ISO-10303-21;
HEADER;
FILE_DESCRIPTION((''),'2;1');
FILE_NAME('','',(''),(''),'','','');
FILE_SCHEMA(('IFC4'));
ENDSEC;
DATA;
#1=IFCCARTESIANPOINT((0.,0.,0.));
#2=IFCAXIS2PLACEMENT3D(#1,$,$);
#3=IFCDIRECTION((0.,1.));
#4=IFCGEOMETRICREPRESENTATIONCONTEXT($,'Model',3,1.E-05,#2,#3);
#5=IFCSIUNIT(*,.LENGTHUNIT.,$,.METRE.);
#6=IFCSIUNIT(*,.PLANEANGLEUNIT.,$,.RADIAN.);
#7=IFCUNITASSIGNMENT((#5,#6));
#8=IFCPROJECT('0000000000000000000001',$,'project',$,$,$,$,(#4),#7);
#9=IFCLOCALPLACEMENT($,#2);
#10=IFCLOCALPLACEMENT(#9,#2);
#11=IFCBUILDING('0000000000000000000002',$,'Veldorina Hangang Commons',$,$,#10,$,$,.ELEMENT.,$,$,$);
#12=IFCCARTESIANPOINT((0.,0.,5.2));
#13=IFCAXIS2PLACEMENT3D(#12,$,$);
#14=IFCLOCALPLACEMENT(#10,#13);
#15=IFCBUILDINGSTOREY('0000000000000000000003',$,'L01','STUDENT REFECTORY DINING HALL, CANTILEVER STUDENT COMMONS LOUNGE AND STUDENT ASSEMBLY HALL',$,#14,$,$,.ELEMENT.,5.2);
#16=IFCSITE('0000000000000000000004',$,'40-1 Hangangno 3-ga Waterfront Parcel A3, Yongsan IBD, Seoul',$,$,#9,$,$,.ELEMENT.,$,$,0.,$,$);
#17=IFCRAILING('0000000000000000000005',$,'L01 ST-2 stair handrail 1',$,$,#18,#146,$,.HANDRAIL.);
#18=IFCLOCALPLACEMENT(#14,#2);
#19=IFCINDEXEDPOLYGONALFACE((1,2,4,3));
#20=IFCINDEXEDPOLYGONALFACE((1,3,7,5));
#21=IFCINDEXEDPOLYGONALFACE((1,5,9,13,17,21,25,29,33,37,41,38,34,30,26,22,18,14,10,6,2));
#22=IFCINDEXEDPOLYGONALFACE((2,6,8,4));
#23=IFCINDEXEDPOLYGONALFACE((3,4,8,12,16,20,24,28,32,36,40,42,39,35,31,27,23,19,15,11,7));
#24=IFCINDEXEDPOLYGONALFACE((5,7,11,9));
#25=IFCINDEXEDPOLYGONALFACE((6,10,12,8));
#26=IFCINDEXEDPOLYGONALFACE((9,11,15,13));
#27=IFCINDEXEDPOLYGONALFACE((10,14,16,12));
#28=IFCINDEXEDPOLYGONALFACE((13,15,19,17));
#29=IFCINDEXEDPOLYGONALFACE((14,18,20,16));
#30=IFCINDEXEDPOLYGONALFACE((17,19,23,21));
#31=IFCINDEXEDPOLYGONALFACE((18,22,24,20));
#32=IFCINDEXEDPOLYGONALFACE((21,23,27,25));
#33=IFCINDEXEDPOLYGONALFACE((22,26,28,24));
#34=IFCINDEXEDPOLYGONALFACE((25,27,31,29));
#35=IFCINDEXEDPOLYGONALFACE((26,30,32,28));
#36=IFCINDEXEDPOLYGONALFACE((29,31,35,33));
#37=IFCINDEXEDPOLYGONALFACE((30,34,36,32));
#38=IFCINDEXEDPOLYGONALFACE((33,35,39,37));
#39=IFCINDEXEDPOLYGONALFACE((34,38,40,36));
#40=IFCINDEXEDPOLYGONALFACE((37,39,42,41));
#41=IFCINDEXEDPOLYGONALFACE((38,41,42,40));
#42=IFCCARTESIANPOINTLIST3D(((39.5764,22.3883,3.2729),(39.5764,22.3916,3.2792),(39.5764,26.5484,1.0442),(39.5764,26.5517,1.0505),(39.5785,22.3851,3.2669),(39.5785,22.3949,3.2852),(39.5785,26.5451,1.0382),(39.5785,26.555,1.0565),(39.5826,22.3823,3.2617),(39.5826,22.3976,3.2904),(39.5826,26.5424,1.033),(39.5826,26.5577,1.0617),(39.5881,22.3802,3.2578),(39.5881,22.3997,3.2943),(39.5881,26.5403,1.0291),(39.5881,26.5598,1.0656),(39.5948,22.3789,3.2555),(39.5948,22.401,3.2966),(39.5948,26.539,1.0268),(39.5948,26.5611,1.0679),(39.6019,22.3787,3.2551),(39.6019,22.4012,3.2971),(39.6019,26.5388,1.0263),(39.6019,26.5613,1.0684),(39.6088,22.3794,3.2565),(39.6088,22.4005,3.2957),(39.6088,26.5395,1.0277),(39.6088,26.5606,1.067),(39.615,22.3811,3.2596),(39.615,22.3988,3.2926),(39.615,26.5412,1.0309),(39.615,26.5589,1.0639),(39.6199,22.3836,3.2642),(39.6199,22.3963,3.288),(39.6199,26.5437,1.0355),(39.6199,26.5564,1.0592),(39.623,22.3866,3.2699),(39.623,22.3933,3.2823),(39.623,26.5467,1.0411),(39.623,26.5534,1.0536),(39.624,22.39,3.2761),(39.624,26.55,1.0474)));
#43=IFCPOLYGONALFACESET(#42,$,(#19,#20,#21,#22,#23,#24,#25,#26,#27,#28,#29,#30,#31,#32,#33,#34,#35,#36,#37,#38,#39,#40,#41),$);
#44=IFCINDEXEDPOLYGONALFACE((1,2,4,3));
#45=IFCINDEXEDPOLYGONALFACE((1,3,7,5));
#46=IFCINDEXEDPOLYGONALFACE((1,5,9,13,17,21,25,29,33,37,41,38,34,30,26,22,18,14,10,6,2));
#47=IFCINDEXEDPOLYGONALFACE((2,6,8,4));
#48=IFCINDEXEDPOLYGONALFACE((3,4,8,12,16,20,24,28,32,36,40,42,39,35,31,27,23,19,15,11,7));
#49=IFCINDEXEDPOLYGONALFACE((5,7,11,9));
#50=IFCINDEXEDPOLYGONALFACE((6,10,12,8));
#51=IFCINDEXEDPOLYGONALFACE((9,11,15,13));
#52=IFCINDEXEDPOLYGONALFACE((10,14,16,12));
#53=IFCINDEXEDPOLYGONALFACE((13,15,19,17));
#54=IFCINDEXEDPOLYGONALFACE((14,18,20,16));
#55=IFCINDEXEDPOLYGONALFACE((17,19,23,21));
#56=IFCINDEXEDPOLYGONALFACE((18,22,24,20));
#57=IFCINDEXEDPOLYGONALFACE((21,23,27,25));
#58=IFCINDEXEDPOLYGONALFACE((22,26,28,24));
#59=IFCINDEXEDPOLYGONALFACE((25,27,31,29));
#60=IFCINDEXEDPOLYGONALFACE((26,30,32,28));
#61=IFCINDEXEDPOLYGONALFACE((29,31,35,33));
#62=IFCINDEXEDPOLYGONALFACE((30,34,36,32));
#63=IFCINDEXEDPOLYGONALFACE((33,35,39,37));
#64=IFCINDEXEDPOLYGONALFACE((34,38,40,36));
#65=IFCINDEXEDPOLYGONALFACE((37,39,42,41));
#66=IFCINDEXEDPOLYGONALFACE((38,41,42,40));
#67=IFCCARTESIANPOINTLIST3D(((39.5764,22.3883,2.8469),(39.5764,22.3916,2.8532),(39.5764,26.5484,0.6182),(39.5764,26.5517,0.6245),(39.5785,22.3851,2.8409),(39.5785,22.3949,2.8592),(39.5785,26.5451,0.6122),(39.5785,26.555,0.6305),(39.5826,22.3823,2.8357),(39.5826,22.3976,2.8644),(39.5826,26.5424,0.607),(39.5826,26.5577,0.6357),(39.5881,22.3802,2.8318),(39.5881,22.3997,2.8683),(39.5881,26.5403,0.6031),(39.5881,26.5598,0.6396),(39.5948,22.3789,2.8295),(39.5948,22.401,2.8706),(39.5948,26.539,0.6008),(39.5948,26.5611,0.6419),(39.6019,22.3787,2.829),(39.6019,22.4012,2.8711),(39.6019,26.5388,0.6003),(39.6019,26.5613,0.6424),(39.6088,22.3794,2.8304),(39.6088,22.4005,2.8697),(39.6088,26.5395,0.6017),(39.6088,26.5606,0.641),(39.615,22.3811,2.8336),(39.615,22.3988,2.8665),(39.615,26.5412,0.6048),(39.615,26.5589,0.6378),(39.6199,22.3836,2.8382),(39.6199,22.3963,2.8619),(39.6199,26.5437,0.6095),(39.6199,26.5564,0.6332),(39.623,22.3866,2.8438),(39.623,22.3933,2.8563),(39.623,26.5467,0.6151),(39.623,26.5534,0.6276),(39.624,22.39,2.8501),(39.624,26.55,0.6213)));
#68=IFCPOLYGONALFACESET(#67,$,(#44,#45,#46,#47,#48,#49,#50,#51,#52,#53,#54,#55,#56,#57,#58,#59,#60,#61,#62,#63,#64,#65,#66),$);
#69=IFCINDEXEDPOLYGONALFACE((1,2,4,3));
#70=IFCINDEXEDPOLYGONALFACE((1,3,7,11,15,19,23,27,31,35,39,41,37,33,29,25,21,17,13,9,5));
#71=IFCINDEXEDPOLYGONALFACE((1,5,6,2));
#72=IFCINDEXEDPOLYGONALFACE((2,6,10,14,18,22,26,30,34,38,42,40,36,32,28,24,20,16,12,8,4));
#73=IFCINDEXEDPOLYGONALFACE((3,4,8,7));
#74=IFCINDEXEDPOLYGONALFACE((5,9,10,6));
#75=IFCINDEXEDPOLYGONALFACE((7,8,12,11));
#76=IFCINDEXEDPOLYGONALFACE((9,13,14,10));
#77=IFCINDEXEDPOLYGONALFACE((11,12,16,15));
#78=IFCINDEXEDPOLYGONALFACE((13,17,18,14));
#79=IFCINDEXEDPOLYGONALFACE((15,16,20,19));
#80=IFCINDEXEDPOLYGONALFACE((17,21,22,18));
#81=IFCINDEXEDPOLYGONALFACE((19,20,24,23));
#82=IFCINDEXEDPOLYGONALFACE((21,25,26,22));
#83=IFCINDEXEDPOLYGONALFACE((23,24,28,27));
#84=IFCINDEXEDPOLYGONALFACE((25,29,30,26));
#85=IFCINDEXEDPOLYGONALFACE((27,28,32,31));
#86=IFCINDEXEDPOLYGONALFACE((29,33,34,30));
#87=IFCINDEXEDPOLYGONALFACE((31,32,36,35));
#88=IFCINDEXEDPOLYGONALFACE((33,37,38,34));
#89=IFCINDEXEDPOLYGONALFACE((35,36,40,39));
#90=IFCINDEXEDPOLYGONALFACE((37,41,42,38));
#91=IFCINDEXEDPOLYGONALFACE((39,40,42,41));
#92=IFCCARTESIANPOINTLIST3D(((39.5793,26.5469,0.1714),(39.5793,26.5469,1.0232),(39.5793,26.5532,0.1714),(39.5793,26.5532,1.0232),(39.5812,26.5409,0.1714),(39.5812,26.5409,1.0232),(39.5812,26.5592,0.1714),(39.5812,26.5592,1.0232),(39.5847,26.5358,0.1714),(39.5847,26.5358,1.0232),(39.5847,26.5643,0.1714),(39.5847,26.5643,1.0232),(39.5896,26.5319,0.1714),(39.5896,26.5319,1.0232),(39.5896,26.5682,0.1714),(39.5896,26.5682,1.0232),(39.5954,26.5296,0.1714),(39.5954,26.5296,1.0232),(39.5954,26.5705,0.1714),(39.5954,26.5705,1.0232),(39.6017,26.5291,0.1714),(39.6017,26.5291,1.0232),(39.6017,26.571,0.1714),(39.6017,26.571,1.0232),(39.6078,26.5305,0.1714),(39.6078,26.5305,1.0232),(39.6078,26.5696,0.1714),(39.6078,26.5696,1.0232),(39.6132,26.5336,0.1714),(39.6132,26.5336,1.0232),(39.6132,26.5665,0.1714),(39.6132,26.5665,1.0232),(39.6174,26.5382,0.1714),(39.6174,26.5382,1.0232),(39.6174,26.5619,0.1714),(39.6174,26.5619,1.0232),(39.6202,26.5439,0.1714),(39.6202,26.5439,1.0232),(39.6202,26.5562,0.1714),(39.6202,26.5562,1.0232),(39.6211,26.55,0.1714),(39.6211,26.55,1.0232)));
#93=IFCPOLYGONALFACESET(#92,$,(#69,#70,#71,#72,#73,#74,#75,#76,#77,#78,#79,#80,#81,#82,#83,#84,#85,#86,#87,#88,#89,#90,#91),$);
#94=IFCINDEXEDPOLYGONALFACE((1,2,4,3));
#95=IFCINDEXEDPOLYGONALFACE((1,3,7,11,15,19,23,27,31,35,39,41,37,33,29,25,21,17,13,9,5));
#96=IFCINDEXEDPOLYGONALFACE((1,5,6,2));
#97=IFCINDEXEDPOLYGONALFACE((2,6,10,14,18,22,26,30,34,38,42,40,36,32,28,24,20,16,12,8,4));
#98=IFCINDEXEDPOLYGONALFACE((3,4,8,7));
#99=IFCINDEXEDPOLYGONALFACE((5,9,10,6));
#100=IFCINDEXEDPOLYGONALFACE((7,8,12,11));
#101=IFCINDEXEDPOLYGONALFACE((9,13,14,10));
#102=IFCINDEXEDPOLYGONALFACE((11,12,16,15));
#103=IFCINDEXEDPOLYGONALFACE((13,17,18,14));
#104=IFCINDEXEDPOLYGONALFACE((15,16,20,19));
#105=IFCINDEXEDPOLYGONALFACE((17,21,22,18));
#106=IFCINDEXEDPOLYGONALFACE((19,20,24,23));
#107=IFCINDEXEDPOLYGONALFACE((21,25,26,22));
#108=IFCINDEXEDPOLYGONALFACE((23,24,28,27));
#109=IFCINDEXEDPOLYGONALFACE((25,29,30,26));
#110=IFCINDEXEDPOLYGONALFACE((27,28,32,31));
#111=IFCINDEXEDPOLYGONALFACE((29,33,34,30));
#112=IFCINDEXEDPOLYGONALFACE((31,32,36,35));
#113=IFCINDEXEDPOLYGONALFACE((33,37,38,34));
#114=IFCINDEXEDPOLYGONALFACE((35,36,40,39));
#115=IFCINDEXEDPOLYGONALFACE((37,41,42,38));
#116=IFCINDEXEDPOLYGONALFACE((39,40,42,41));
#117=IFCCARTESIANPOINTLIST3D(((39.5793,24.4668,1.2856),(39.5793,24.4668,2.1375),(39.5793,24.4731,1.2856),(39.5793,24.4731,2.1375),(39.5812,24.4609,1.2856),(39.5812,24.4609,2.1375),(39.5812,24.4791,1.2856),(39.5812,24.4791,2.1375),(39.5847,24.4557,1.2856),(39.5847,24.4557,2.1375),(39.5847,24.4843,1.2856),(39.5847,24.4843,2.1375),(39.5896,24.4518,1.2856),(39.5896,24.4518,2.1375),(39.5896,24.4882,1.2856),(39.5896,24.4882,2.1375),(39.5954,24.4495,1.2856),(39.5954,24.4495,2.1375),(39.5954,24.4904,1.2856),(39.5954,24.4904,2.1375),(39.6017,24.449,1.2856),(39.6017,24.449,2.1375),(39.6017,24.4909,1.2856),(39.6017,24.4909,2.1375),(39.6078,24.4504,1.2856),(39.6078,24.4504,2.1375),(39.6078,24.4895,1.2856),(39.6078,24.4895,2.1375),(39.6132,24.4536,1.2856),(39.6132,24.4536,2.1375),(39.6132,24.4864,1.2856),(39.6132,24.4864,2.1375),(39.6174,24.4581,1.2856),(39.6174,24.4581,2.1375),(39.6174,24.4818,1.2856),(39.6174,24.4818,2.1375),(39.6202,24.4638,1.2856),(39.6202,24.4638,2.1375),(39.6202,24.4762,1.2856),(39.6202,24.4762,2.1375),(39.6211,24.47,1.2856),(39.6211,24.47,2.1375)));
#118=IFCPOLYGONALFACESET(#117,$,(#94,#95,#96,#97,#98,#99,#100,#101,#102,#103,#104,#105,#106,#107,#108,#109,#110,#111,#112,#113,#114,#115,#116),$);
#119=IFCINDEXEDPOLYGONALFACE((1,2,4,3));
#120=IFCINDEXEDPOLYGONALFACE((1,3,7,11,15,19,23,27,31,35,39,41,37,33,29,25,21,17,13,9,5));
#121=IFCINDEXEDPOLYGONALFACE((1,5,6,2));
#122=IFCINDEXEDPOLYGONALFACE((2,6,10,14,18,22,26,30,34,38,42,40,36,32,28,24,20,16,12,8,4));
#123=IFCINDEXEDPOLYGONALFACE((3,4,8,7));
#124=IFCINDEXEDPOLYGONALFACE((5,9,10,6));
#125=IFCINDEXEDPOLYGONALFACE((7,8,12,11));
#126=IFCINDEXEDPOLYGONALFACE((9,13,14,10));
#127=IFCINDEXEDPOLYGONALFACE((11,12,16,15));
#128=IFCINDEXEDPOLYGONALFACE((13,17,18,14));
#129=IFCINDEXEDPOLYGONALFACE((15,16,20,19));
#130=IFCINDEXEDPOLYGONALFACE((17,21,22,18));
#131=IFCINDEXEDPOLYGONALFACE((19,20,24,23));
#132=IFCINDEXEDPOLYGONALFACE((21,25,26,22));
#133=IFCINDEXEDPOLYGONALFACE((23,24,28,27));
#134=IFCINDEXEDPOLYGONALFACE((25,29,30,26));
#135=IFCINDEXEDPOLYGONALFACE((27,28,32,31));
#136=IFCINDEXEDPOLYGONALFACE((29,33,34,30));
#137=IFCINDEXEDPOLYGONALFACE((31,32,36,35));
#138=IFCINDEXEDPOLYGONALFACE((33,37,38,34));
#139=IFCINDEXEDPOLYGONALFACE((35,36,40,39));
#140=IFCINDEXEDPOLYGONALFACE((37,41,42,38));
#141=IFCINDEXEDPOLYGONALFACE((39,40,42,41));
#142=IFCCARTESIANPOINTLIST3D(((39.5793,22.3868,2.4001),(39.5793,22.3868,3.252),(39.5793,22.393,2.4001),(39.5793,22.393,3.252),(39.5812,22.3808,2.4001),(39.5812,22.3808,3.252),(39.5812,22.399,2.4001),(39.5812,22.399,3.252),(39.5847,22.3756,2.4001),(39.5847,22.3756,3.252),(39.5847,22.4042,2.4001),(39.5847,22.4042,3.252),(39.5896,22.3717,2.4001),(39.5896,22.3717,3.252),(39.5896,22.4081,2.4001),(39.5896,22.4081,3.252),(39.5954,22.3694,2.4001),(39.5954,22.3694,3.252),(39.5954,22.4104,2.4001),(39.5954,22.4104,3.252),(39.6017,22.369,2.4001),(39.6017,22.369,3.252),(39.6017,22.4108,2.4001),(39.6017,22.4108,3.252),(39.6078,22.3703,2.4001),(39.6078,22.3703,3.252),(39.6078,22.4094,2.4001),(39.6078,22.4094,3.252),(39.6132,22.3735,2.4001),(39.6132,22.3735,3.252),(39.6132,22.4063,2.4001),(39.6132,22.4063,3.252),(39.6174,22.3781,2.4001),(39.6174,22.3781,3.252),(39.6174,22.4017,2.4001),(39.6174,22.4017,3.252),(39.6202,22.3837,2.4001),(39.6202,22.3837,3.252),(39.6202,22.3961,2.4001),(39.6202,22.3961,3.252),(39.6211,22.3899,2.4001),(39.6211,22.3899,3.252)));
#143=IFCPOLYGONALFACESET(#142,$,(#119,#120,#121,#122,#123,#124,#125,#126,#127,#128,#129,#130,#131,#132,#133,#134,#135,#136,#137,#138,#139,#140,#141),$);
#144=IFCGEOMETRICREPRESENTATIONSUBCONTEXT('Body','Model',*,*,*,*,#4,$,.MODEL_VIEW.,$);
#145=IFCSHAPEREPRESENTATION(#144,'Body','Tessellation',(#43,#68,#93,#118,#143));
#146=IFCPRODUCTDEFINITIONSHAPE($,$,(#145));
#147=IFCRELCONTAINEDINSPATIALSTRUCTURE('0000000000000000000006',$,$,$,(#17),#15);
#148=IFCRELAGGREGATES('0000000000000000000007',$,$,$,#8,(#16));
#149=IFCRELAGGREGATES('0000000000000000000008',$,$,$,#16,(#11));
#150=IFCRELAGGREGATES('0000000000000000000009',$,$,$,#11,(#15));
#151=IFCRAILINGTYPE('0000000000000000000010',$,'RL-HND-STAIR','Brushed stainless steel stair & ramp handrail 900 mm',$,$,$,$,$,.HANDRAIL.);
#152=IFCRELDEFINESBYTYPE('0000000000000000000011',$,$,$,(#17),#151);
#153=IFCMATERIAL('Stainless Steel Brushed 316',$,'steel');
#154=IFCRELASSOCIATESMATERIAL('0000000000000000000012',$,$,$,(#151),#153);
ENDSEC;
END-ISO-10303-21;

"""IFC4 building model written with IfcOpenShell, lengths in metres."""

from ifc_helpers import new_model, si_unit, direction, frame, origin, origin_2d, place, context, subcontext, project, spatial, circle, extrude, material, type_object, element, save


model = new_model("IFC4")

# Units and contexts
model_context = context("Model", 3, precision=1e-05, world=origin(), true_north=direction((0.0, 1.0)))
body_context = subcontext(model_context, "Body", "Model", "MODEL_VIEW")
ifc_project = project(units=[si_unit("LENGTHUNIT", "METRE"), si_unit("PLANEANGLEUNIT", "RADIAN")], contexts=[model_context])

# Site, building, storey
site_placement = place(None, origin())
site = spatial("IfcSite", under=ifc_project, at=site_placement, Name="40-1 Hangangno 3-ga Waterfront Parcel A3, Yongsan IBD, Seoul", CompositionType="ELEMENT", RefElevation=0.0)
building_placement = place(site_placement, origin())
building = spatial("IfcBuilding", under=site, at=building_placement, Name="Veldorina Hangang Commons", CompositionType="ELEMENT")
storey_placement = place(building_placement, frame((0.0, 0.0, 5.2)))
storey = spatial("IfcBuildingStorey", under=building, at=storey_placement, Name="L01", Description="STUDENT REFECTORY DINING HALL, CANTILEVER STUDENT COMMONS LOUNGE AND STUDENT ASSEMBLY HALL", CompositionType="ELEMENT", Elevation=5.2)

# Railing
ifc_material_1 = material(Name="Stainless Steel Brushed 316", Category="steel")
railing_type_1 = type_object("IfcRailingType", Name="RL-HND-STAIR", Description="Brushed stainless steel stair & ramp handrail 900 mm", PredefinedType="HANDRAIL", material=ifc_material_1)
railing_1_placement = place(storey_placement, frame((39.6001, 26.55, 0.1714)))
element("IfcRailing", 1, at=railing_1_placement, inside=storey, type_object=railing_type_1, Name="L01 ST-2 stair handrail 1", PredefinedType="HANDRAIL", context=body_context, shape_type="SweptSolid", body=[
    extrude(circle(Radius=0.0239, at=origin_2d()), frame((0.0, 0.0, 0.876), z_axis=(0.0, -0.881471, 0.472239), x_axis=(1.0, 0.0, 0.0)), (0.0, 0.0, 1.0), 4.7195),
    extrude(circle(Radius=0.0239, at=origin_2d()), frame((0.0, 0.0, 0.45), z_axis=(0.0, -0.881471, 0.472239), x_axis=(1.0, 0.0, 0.0)), (0.0, 0.0, 1.0), 4.7195),
    extrude(circle(Radius=0.021, at=origin_2d()), origin(), (0.0, 0.0, 1.0), 0.8518),
    extrude(circle(Radius=0.021, at=origin_2d()), frame((0.0, -2.0801, 1.1143)), (0.0, 0.0, 1.0), 0.8518),
    extrude(circle(Radius=0.021, at=origin_2d()), frame((0.0, -4.1602, 2.2288)), (0.0, 0.0, 1.0), 0.8518),
])

save(model, "model.ifc")
